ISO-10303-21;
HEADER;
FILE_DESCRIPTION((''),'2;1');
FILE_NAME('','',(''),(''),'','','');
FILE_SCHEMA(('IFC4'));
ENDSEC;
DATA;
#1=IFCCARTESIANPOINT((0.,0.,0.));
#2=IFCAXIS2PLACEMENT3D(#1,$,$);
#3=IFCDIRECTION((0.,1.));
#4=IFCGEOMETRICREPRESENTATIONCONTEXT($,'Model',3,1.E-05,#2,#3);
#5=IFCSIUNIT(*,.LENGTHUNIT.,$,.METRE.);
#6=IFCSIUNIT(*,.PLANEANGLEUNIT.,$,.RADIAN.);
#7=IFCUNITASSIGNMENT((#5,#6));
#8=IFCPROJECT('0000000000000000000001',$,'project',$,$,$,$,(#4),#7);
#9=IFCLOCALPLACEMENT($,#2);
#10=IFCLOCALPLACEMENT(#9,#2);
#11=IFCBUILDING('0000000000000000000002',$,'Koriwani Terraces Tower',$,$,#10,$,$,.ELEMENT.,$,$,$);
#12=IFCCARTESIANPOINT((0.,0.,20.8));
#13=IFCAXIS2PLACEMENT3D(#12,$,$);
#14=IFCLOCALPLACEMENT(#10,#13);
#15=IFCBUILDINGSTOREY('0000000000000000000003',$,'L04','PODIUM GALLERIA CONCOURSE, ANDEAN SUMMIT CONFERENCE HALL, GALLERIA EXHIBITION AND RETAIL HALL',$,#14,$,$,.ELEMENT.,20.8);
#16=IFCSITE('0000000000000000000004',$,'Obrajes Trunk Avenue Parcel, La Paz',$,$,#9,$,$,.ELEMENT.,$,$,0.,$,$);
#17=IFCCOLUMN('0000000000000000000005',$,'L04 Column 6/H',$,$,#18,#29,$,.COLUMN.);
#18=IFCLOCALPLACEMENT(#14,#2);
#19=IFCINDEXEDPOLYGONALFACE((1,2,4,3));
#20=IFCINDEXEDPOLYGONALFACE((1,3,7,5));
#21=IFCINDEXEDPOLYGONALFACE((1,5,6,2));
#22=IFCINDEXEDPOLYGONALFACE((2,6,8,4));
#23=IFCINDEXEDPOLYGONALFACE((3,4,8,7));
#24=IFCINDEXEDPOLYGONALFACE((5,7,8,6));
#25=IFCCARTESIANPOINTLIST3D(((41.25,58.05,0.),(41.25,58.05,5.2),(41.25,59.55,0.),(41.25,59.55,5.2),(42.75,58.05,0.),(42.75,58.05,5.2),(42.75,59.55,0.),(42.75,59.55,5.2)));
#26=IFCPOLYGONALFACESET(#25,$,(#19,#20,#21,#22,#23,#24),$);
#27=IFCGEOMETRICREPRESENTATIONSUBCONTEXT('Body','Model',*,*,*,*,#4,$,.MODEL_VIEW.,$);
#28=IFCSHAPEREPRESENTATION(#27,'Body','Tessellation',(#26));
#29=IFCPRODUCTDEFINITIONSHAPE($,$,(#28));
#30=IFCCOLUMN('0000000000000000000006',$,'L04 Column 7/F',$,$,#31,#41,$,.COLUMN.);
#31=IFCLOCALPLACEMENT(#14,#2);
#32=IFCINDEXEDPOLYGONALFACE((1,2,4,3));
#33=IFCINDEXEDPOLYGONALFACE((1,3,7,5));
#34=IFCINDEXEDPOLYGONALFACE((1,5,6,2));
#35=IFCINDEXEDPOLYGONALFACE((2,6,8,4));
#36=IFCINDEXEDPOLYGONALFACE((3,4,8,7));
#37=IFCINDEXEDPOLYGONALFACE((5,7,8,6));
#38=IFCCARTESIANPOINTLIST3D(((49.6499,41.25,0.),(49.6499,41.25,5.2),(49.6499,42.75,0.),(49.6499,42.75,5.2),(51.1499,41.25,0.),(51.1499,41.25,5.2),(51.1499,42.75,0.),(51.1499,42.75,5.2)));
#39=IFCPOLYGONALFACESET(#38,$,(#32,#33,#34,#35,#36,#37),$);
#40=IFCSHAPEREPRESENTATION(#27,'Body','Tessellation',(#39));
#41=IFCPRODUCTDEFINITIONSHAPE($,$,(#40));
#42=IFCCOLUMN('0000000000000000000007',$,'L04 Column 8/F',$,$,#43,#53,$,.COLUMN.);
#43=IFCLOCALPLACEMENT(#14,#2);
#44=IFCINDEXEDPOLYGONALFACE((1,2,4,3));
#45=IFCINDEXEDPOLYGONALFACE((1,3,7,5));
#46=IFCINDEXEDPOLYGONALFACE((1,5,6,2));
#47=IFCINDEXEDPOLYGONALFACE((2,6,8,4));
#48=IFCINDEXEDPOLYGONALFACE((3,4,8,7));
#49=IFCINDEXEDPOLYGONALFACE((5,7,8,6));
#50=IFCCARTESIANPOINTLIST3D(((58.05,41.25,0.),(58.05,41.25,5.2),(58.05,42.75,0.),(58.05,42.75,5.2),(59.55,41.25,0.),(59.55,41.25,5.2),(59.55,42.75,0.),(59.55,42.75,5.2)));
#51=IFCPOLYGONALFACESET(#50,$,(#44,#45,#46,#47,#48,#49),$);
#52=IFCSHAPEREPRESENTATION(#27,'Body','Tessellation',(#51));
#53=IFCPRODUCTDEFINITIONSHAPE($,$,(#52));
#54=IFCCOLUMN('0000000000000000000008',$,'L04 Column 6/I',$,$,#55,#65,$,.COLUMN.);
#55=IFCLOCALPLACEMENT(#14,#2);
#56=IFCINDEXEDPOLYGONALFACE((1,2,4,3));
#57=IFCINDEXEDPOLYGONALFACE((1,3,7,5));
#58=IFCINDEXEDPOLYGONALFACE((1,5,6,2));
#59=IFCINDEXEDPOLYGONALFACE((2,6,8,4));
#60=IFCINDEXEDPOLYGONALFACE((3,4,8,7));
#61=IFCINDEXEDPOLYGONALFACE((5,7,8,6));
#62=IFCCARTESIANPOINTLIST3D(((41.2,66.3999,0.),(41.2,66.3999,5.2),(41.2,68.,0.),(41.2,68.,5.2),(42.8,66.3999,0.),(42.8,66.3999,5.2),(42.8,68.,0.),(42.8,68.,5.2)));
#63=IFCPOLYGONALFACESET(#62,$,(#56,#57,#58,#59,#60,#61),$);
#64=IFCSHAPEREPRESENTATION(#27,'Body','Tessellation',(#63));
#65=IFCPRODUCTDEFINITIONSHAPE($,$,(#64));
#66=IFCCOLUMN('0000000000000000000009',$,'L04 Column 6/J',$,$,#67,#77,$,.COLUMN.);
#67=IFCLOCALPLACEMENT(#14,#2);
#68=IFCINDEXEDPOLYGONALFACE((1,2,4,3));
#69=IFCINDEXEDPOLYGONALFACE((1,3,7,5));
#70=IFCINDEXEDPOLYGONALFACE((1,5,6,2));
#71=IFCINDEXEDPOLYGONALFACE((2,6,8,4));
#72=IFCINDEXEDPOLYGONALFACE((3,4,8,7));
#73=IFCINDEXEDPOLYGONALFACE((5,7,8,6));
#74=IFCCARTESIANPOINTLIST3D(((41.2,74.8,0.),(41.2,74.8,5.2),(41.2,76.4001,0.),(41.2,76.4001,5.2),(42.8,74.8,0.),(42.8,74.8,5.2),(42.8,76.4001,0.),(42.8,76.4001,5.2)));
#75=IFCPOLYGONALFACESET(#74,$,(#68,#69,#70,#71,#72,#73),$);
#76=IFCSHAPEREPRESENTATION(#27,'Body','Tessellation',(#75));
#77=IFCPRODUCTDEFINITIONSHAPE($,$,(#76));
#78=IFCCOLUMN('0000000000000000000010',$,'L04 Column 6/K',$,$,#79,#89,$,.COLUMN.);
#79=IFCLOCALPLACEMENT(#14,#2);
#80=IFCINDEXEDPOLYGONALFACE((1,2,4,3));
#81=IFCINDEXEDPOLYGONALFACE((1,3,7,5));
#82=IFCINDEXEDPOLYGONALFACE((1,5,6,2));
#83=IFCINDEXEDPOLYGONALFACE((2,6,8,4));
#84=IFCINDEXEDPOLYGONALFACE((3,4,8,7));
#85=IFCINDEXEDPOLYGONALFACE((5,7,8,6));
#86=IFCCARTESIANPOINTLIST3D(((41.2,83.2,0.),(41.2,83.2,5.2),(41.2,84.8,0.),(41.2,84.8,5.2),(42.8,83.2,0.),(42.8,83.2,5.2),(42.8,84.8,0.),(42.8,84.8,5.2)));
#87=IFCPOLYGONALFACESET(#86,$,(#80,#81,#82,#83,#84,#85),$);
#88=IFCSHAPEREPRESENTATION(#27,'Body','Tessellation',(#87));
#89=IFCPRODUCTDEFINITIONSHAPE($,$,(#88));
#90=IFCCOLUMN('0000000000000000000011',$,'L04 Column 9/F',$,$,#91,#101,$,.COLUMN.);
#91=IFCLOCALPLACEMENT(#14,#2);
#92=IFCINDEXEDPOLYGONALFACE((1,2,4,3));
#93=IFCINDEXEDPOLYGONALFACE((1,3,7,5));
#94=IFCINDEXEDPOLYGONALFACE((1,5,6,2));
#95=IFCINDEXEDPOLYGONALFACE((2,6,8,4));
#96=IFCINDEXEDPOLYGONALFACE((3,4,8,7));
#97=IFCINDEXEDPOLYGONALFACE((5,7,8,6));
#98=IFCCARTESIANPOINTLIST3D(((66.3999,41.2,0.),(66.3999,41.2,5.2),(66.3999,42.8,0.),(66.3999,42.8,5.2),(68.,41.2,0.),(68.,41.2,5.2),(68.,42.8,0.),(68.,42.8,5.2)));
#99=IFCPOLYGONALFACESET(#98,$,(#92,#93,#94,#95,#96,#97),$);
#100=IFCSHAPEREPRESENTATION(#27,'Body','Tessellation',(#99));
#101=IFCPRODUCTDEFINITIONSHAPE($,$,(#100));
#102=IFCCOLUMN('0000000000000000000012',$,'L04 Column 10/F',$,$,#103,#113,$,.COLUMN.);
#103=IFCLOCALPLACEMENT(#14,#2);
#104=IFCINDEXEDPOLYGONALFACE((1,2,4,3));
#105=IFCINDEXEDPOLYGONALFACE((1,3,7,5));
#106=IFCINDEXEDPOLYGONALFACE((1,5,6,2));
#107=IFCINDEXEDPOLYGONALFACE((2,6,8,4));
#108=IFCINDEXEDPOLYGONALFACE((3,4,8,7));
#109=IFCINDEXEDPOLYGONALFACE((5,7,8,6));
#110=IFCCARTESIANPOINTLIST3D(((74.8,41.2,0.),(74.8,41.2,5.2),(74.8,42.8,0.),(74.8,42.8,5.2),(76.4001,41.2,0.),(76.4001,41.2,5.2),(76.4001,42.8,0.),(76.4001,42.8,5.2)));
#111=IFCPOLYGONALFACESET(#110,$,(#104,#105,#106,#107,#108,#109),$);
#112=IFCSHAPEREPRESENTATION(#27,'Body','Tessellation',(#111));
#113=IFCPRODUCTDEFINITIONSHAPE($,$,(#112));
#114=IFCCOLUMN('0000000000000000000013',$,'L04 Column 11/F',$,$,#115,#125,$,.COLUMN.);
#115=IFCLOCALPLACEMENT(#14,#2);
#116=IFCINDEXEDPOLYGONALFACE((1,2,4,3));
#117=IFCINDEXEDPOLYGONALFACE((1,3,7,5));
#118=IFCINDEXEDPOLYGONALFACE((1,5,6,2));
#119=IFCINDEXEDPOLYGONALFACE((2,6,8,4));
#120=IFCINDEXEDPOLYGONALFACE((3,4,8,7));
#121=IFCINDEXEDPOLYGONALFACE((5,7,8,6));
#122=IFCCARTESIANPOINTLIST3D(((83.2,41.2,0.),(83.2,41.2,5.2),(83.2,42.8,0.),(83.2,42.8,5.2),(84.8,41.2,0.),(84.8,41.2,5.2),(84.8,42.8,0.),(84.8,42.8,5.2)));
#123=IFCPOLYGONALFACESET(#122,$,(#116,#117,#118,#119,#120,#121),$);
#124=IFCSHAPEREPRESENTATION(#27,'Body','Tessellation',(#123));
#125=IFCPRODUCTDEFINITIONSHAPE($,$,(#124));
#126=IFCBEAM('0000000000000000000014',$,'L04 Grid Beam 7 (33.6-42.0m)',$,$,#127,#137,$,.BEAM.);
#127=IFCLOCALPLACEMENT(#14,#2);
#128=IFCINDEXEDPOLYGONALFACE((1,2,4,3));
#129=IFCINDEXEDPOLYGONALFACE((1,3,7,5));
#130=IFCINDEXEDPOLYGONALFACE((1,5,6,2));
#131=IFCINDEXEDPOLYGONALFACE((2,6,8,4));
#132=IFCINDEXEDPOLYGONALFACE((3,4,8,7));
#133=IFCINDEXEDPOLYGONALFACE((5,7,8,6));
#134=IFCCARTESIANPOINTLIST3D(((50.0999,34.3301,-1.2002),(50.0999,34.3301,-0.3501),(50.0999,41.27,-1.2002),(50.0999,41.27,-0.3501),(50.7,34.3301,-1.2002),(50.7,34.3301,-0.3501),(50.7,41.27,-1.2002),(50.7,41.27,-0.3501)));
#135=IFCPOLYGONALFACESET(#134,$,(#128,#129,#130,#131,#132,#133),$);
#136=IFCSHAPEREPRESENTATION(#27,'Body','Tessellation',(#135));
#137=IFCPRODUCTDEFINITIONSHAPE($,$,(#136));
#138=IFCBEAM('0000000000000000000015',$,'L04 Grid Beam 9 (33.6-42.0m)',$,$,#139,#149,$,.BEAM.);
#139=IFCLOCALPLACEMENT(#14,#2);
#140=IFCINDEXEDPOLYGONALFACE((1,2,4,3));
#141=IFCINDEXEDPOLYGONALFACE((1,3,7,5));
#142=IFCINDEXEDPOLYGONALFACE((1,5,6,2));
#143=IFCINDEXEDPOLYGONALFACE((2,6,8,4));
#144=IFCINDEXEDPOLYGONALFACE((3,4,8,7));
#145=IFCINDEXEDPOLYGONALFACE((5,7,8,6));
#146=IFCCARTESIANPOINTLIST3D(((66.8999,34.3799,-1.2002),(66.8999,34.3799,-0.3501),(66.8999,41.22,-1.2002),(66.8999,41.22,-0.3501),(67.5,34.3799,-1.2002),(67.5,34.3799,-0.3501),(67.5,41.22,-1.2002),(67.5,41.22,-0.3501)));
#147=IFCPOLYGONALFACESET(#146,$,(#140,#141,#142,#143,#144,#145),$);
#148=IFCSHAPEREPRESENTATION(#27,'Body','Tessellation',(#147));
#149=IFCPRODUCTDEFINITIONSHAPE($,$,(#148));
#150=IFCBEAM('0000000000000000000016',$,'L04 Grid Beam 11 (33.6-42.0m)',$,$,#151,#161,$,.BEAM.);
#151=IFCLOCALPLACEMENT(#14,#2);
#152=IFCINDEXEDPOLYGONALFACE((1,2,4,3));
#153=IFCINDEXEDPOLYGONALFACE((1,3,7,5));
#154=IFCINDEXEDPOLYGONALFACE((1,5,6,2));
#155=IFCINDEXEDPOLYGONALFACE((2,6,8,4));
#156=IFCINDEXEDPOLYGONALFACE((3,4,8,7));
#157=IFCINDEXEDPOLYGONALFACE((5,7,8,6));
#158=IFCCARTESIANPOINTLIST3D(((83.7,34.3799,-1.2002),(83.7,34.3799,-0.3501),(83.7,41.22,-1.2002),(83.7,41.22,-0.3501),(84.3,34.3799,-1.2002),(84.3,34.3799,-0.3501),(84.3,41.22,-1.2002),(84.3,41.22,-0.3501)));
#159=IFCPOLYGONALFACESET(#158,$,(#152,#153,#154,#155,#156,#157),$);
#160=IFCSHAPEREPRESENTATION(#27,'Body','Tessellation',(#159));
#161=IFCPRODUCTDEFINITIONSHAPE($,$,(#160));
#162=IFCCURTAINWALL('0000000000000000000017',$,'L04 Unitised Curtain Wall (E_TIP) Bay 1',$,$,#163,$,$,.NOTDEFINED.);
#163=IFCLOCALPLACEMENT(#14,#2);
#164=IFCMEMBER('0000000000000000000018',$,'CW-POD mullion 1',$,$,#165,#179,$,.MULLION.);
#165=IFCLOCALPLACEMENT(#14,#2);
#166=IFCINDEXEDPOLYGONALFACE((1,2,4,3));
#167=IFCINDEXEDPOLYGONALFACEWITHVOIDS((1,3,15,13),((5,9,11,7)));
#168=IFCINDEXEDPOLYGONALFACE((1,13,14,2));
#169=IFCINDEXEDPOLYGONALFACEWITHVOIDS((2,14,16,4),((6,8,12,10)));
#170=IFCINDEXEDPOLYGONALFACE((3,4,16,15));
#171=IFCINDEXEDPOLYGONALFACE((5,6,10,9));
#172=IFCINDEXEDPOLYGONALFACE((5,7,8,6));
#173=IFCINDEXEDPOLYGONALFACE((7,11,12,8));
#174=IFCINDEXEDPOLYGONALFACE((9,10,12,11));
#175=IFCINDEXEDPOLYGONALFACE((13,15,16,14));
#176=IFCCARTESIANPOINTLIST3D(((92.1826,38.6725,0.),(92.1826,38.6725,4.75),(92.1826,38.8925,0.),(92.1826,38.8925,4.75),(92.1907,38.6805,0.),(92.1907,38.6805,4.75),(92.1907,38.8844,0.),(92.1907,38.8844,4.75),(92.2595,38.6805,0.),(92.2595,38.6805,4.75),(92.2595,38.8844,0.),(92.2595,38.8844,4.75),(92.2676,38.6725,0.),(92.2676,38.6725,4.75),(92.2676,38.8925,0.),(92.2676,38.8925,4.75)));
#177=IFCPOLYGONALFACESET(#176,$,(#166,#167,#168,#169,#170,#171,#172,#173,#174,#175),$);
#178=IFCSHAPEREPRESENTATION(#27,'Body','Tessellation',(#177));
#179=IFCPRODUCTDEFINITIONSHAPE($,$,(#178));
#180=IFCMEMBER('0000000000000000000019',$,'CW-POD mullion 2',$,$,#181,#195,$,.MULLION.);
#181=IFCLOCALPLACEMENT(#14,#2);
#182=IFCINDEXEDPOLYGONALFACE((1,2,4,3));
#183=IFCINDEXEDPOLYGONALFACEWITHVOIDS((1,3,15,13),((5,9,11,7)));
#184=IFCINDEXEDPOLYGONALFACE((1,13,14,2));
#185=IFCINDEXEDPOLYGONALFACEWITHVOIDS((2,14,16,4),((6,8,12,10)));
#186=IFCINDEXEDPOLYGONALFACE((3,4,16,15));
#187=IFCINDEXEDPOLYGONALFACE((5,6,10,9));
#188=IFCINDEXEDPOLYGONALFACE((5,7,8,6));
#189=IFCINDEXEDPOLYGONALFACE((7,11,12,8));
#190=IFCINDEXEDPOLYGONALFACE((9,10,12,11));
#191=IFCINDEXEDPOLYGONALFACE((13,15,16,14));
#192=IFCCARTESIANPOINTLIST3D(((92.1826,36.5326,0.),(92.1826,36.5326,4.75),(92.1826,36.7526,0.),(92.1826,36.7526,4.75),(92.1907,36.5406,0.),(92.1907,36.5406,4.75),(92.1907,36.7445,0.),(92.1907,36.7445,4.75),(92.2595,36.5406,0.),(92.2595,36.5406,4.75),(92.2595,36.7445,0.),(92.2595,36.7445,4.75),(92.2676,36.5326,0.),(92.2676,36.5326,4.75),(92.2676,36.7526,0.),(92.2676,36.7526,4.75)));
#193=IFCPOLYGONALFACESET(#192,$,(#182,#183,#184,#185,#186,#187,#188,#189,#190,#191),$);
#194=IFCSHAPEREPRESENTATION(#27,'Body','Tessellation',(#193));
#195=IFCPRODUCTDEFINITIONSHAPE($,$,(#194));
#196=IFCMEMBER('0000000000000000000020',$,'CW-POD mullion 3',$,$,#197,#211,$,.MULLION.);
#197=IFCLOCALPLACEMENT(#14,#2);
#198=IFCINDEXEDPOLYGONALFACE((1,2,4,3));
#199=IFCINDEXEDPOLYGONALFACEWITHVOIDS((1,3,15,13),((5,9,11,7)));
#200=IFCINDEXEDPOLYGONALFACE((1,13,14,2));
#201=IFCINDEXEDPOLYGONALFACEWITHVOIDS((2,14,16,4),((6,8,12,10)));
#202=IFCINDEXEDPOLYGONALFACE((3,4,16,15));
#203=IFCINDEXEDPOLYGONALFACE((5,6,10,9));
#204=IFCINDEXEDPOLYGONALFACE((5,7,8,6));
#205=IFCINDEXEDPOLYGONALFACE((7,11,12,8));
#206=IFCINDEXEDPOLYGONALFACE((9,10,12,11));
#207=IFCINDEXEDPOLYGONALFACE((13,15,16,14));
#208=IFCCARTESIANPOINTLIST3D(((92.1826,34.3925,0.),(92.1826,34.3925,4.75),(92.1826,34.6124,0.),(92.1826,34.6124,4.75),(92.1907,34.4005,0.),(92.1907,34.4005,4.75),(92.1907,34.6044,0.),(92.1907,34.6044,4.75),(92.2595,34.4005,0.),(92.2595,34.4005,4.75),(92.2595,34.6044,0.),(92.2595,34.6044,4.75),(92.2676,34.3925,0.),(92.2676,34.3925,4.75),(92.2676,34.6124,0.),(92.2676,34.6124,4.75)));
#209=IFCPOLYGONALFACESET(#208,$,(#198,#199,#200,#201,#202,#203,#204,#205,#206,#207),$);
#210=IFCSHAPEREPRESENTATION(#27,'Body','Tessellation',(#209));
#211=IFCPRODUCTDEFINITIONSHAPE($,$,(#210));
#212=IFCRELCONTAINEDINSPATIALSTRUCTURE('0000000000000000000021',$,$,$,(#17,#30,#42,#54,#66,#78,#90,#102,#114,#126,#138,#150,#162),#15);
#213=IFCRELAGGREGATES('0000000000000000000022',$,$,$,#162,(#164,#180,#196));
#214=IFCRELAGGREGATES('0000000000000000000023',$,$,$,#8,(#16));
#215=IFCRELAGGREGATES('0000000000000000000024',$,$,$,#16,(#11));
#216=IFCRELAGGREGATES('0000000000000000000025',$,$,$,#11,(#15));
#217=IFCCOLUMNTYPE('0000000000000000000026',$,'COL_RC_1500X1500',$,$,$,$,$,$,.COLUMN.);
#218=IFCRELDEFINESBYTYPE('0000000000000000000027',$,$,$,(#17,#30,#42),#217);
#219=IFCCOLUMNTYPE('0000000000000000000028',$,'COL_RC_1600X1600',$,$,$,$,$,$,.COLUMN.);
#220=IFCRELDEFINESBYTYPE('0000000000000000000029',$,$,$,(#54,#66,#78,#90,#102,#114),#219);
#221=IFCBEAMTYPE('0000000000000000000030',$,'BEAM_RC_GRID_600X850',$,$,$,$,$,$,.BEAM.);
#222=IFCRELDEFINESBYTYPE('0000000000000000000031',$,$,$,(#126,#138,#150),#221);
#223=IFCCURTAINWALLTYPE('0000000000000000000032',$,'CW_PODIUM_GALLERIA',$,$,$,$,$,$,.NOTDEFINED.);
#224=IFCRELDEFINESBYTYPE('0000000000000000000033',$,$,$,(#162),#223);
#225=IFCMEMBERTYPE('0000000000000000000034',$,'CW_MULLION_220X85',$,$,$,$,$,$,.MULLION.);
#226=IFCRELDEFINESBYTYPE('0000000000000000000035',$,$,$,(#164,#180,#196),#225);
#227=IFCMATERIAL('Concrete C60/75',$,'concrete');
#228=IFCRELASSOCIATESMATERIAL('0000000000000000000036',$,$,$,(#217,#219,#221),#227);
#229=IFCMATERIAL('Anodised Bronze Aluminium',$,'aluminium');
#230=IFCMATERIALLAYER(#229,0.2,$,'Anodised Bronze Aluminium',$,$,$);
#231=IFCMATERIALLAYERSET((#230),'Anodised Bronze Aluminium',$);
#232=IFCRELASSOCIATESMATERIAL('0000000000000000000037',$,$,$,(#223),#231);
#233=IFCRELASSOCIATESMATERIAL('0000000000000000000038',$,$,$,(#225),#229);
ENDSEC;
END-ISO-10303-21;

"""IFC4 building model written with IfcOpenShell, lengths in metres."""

from ifc_helpers import new_model, si_unit, direction, frame, origin, origin_2d, place, context, subcontext, project, spatial, rectangle, hollow_rectangle, extrude, material, layer, layer_set, material_profile, profile_set, type_object, element, aggregate, save


model = new_model("IFC4")

# Units and contexts
model_context = context("Model", 3, precision=1e-05, world=origin(), true_north=direction((0.0, 1.0)))
body_context = subcontext(model_context, "Body", "Model", "MODEL_VIEW")
ifc_project = project(units=[si_unit("LENGTHUNIT", "METRE"), si_unit("PLANEANGLEUNIT", "RADIAN")], contexts=[model_context])

# Site, building, storey
site_placement = place(None, origin())
site = spatial("IfcSite", under=ifc_project, at=site_placement, Name="Obrajes Trunk Avenue Parcel, La Paz", CompositionType="ELEMENT", RefElevation=0.0)
building_placement = place(site_placement, origin())
building = spatial("IfcBuilding", under=site, at=building_placement, Name="Koriwani Terraces Tower", CompositionType="ELEMENT")
storey_placement = place(building_placement, frame((0.0, 0.0, 20.8)))
storey = spatial("IfcBuildingStorey", under=building, at=storey_placement, Name="L04", Description="PODIUM GALLERIA CONCOURSE, ANDEAN SUMMIT CONFERENCE HALL, GALLERIA EXHIBITION AND RETAIL HALL", CompositionType="ELEMENT", Elevation=20.8)

# Columns
ifc_material_1 = material(Name="Concrete C60/75", Category="concrete")
ifc_material_profile_1 = material_profile(ifc_material_1, rectangle(XDim=1.5, YDim=1.5, at=origin_2d()), Name="Concrete C60/75", Category="LoadBearing")
ifc_profile_set_1 = profile_set([ifc_material_profile_1], Name="Concrete C60/75")
column_type_1 = type_object("IfcColumnType", Name="COL_RC_1500X1500", PredefinedType="COLUMN", material=ifc_profile_set_1)
for number, where, z_axis, x_axis, name in (
    (1, (42.0, 58.8, 0.0), (0.0, 0.0, 1.0), (1.0, 0.0, 0.0), "L04 Column 6/H"),
    (2, (50.3999, 42.0, 0.0), (0.0, 0.0, 1.0), (1.0, 0.0, 0.0), "L04 Column 7/F"),
    (3, (58.8, 42.0, 0.0), (0.0, 0.0, 1.0), (1.0, 0.0, 0.0), "L04 Column 8/F"),
):
    element("IfcColumn", number, at=place(storey_placement, frame(where, z_axis=z_axis, x_axis=x_axis)), inside=storey, type_object=column_type_1, Name=name, PredefinedType="COLUMN", context=body_context, shape_type="SweptSolid", body=[
        extrude(rectangle(XDim=1.5, YDim=1.5, at=origin_2d()), origin(), (0.0, 0.0, 1.0), 5.2),
    ])
ifc_material_profile_2 = material_profile(ifc_material_1, rectangle(XDim=1.6001, YDim=1.6001, at=origin_2d()), Name="Concrete C60/75", Category="LoadBearing")
ifc_profile_set_2 = profile_set([ifc_material_profile_2], Name="Concrete C60/75")
column_type_2 = type_object("IfcColumnType", Name="COL_RC_1600X1600", PredefinedType="COLUMN", material=ifc_profile_set_2)
for number, where, z_axis, x_axis, name in (
    (4, (42.0, 67.2, 0.0), (0.0, 0.0, 1.0), (1.0, 0.0, 0.0), "L04 Column 6/I"),
    (5, (42.0, 75.6001, 0.0), (0.0, 0.0, 1.0), (1.0, 0.0, 0.0), "L04 Column 6/J"),
    (6, (42.0, 84.0, 0.0), (0.0, 0.0, 1.0), (1.0, 0.0, 0.0), "L04 Column 6/K"),
    (7, (67.2, 42.0, 0.0), (0.0, 0.0, 1.0), (1.0, 0.0, 0.0), "L04 Column 9/F"),
    (8, (75.6001, 42.0, 0.0), (0.0, 0.0, 1.0), (1.0, 0.0, 0.0), "L04 Column 10/F"),
    (9, (84.0, 42.0, 0.0), (0.0, 0.0, 1.0), (1.0, 0.0, 0.0), "L04 Column 11/F"),
):
    element("IfcColumn", number, at=place(storey_placement, frame(where, z_axis=z_axis, x_axis=x_axis)), inside=storey, type_object=column_type_2, Name=name, PredefinedType="COLUMN", context=body_context, shape_type="SweptSolid", body=[
        extrude(rectangle(XDim=1.6001, YDim=1.6001, at=origin_2d()), origin(), (0.0, 0.0, 1.0), 5.2),
    ])

# Beams
ifc_material_profile_3 = material_profile(ifc_material_1, rectangle(XDim=0.6001, YDim=0.8501, at=origin_2d()), Name="Concrete C60/75", Category="LoadBearing")
ifc_profile_set_3 = profile_set([ifc_material_profile_3], Name="Concrete C60/75")
beam_type_1 = type_object("IfcBeamType", Name="BEAM_RC_GRID_600X850", PredefinedType="BEAM", material=ifc_profile_set_3)
beam_1_placement = place(storey_placement, frame((50.3999, 34.3301, -0.7751), z_axis=(0.0, 1.0, 0.0), x_axis=(-1.0, 0.0, 0.0)))
element("IfcBeam", 10, at=beam_1_placement, inside=storey, type_object=beam_type_1, Name="L04 Grid Beam 7 (33.6-42.0m)", PredefinedType="BEAM", context=body_context, shape_type="SweptSolid", body=[
    extrude(rectangle(XDim=0.6001, YDim=0.8501, at=origin_2d()), origin(), (0.0, 0.0, 1.0), 6.9399),
])
for number, where, z_axis, x_axis, name in (
    (11, (67.2, 34.3799, -0.7751), (0.0, 1.0, 0.0), (-1.0, 0.0, 0.0), "L04 Grid Beam 9 (33.6-42.0m)"),
    (12, (84.0, 34.3799, -0.7751), (0.0, 1.0, 0.0), (-1.0, 0.0, 0.0), "L04 Grid Beam 11 (33.6-42.0m)"),
):
    element("IfcBeam", number, at=place(storey_placement, frame(where, z_axis=z_axis, x_axis=x_axis)), inside=storey, type_object=beam_type_1, Name=name, PredefinedType="BEAM", context=body_context, shape_type="SweptSolid", body=[
        extrude(rectangle(XDim=0.6001, YDim=0.8501, at=origin_2d()), origin(), (0.0, 0.0, 1.0), 6.8401),
    ])

# Curtain wall, members
ifc_material_2 = material(Name="Anodised Bronze Aluminium", Category="aluminium")
ifc_layer_1 = layer(ifc_material_2, 0.2, Name="Anodised Bronze Aluminium")
ifc_layer_set_1 = layer_set([ifc_layer_1], Name="Anodised Bronze Aluminium")
curtain_wall_type = type_object("IfcCurtainWallType", Name="CW_PODIUM_GALLERIA", PredefinedType="NOTDEFINED", material=ifc_layer_set_1)
curtain_wall_placement = place(storey_placement, origin())
curtain_wall = element("IfcCurtainWall", 13, at=curtain_wall_placement, inside=storey, type_object=curtain_wall_type, Name="L04 Unitised Curtain Wall (E_TIP) Bay 1", PredefinedType="NOTDEFINED")
ifc_material_profile_4 = material_profile(ifc_material_2, hollow_rectangle(XDim=0.085, YDim=0.22, WallThickness=0.0081, at=origin_2d()), Name="Anodised Bronze Aluminium", Category="LoadBearing")
ifc_profile_set_4 = profile_set([ifc_material_profile_4], Name="Anodised Bronze Aluminium")
member_type_1 = type_object("IfcMemberType", Name="CW_MULLION_220X85", PredefinedType="MULLION", material=ifc_profile_set_4)
member_1_placement = place(storey_placement, frame((92.2251, 38.7825, 0.0), z_axis=(0.0, 0.0, 1.0), x_axis=(1.0, 0.0, 0.0)))
member_1 = element("IfcMember", 14, at=member_1_placement, type_object=member_type_1, Name="CW-POD mullion 1", PredefinedType="MULLION", context=body_context, shape_type="SweptSolid", body=[
    extrude(hollow_rectangle(XDim=0.085, YDim=0.22, WallThickness=0.0081, at=origin_2d()), origin(), (0.0, 0.0, 1.0), 4.75),
])
member_2_placement = place(storey_placement, frame((92.2251, 36.6426, 0.0), z_axis=(0.0, 0.0, 1.0), x_axis=(1.0, 0.0, 0.0)))
member_2 = element("IfcMember", 15, at=member_2_placement, type_object=member_type_1, Name="CW-POD mullion 2", PredefinedType="MULLION", context=body_context, shape_type="SweptSolid", body=[
    extrude(hollow_rectangle(XDim=0.085, YDim=0.22, WallThickness=0.0081, at=origin_2d()), origin(), (0.0, 0.0, 1.0), 4.75),
])
member_3_placement = place(storey_placement, frame((92.2251, 34.5024, 0.0), z_axis=(0.0, 0.0, 1.0), x_axis=(1.0, 0.0, 0.0)))
member_3 = element("IfcMember", 16, at=member_3_placement, type_object=member_type_1, Name="CW-POD mullion 3", PredefinedType="MULLION", context=body_context, shape_type="SweptSolid", body=[
    extrude(hollow_rectangle(XDim=0.085, YDim=0.22, WallThickness=0.0081, at=origin_2d()), origin(), (0.0, 0.0, 1.0), 4.75),
])

aggregate(curtain_wall, [member_1, member_2, member_3])

save(model, "model.ifc")
